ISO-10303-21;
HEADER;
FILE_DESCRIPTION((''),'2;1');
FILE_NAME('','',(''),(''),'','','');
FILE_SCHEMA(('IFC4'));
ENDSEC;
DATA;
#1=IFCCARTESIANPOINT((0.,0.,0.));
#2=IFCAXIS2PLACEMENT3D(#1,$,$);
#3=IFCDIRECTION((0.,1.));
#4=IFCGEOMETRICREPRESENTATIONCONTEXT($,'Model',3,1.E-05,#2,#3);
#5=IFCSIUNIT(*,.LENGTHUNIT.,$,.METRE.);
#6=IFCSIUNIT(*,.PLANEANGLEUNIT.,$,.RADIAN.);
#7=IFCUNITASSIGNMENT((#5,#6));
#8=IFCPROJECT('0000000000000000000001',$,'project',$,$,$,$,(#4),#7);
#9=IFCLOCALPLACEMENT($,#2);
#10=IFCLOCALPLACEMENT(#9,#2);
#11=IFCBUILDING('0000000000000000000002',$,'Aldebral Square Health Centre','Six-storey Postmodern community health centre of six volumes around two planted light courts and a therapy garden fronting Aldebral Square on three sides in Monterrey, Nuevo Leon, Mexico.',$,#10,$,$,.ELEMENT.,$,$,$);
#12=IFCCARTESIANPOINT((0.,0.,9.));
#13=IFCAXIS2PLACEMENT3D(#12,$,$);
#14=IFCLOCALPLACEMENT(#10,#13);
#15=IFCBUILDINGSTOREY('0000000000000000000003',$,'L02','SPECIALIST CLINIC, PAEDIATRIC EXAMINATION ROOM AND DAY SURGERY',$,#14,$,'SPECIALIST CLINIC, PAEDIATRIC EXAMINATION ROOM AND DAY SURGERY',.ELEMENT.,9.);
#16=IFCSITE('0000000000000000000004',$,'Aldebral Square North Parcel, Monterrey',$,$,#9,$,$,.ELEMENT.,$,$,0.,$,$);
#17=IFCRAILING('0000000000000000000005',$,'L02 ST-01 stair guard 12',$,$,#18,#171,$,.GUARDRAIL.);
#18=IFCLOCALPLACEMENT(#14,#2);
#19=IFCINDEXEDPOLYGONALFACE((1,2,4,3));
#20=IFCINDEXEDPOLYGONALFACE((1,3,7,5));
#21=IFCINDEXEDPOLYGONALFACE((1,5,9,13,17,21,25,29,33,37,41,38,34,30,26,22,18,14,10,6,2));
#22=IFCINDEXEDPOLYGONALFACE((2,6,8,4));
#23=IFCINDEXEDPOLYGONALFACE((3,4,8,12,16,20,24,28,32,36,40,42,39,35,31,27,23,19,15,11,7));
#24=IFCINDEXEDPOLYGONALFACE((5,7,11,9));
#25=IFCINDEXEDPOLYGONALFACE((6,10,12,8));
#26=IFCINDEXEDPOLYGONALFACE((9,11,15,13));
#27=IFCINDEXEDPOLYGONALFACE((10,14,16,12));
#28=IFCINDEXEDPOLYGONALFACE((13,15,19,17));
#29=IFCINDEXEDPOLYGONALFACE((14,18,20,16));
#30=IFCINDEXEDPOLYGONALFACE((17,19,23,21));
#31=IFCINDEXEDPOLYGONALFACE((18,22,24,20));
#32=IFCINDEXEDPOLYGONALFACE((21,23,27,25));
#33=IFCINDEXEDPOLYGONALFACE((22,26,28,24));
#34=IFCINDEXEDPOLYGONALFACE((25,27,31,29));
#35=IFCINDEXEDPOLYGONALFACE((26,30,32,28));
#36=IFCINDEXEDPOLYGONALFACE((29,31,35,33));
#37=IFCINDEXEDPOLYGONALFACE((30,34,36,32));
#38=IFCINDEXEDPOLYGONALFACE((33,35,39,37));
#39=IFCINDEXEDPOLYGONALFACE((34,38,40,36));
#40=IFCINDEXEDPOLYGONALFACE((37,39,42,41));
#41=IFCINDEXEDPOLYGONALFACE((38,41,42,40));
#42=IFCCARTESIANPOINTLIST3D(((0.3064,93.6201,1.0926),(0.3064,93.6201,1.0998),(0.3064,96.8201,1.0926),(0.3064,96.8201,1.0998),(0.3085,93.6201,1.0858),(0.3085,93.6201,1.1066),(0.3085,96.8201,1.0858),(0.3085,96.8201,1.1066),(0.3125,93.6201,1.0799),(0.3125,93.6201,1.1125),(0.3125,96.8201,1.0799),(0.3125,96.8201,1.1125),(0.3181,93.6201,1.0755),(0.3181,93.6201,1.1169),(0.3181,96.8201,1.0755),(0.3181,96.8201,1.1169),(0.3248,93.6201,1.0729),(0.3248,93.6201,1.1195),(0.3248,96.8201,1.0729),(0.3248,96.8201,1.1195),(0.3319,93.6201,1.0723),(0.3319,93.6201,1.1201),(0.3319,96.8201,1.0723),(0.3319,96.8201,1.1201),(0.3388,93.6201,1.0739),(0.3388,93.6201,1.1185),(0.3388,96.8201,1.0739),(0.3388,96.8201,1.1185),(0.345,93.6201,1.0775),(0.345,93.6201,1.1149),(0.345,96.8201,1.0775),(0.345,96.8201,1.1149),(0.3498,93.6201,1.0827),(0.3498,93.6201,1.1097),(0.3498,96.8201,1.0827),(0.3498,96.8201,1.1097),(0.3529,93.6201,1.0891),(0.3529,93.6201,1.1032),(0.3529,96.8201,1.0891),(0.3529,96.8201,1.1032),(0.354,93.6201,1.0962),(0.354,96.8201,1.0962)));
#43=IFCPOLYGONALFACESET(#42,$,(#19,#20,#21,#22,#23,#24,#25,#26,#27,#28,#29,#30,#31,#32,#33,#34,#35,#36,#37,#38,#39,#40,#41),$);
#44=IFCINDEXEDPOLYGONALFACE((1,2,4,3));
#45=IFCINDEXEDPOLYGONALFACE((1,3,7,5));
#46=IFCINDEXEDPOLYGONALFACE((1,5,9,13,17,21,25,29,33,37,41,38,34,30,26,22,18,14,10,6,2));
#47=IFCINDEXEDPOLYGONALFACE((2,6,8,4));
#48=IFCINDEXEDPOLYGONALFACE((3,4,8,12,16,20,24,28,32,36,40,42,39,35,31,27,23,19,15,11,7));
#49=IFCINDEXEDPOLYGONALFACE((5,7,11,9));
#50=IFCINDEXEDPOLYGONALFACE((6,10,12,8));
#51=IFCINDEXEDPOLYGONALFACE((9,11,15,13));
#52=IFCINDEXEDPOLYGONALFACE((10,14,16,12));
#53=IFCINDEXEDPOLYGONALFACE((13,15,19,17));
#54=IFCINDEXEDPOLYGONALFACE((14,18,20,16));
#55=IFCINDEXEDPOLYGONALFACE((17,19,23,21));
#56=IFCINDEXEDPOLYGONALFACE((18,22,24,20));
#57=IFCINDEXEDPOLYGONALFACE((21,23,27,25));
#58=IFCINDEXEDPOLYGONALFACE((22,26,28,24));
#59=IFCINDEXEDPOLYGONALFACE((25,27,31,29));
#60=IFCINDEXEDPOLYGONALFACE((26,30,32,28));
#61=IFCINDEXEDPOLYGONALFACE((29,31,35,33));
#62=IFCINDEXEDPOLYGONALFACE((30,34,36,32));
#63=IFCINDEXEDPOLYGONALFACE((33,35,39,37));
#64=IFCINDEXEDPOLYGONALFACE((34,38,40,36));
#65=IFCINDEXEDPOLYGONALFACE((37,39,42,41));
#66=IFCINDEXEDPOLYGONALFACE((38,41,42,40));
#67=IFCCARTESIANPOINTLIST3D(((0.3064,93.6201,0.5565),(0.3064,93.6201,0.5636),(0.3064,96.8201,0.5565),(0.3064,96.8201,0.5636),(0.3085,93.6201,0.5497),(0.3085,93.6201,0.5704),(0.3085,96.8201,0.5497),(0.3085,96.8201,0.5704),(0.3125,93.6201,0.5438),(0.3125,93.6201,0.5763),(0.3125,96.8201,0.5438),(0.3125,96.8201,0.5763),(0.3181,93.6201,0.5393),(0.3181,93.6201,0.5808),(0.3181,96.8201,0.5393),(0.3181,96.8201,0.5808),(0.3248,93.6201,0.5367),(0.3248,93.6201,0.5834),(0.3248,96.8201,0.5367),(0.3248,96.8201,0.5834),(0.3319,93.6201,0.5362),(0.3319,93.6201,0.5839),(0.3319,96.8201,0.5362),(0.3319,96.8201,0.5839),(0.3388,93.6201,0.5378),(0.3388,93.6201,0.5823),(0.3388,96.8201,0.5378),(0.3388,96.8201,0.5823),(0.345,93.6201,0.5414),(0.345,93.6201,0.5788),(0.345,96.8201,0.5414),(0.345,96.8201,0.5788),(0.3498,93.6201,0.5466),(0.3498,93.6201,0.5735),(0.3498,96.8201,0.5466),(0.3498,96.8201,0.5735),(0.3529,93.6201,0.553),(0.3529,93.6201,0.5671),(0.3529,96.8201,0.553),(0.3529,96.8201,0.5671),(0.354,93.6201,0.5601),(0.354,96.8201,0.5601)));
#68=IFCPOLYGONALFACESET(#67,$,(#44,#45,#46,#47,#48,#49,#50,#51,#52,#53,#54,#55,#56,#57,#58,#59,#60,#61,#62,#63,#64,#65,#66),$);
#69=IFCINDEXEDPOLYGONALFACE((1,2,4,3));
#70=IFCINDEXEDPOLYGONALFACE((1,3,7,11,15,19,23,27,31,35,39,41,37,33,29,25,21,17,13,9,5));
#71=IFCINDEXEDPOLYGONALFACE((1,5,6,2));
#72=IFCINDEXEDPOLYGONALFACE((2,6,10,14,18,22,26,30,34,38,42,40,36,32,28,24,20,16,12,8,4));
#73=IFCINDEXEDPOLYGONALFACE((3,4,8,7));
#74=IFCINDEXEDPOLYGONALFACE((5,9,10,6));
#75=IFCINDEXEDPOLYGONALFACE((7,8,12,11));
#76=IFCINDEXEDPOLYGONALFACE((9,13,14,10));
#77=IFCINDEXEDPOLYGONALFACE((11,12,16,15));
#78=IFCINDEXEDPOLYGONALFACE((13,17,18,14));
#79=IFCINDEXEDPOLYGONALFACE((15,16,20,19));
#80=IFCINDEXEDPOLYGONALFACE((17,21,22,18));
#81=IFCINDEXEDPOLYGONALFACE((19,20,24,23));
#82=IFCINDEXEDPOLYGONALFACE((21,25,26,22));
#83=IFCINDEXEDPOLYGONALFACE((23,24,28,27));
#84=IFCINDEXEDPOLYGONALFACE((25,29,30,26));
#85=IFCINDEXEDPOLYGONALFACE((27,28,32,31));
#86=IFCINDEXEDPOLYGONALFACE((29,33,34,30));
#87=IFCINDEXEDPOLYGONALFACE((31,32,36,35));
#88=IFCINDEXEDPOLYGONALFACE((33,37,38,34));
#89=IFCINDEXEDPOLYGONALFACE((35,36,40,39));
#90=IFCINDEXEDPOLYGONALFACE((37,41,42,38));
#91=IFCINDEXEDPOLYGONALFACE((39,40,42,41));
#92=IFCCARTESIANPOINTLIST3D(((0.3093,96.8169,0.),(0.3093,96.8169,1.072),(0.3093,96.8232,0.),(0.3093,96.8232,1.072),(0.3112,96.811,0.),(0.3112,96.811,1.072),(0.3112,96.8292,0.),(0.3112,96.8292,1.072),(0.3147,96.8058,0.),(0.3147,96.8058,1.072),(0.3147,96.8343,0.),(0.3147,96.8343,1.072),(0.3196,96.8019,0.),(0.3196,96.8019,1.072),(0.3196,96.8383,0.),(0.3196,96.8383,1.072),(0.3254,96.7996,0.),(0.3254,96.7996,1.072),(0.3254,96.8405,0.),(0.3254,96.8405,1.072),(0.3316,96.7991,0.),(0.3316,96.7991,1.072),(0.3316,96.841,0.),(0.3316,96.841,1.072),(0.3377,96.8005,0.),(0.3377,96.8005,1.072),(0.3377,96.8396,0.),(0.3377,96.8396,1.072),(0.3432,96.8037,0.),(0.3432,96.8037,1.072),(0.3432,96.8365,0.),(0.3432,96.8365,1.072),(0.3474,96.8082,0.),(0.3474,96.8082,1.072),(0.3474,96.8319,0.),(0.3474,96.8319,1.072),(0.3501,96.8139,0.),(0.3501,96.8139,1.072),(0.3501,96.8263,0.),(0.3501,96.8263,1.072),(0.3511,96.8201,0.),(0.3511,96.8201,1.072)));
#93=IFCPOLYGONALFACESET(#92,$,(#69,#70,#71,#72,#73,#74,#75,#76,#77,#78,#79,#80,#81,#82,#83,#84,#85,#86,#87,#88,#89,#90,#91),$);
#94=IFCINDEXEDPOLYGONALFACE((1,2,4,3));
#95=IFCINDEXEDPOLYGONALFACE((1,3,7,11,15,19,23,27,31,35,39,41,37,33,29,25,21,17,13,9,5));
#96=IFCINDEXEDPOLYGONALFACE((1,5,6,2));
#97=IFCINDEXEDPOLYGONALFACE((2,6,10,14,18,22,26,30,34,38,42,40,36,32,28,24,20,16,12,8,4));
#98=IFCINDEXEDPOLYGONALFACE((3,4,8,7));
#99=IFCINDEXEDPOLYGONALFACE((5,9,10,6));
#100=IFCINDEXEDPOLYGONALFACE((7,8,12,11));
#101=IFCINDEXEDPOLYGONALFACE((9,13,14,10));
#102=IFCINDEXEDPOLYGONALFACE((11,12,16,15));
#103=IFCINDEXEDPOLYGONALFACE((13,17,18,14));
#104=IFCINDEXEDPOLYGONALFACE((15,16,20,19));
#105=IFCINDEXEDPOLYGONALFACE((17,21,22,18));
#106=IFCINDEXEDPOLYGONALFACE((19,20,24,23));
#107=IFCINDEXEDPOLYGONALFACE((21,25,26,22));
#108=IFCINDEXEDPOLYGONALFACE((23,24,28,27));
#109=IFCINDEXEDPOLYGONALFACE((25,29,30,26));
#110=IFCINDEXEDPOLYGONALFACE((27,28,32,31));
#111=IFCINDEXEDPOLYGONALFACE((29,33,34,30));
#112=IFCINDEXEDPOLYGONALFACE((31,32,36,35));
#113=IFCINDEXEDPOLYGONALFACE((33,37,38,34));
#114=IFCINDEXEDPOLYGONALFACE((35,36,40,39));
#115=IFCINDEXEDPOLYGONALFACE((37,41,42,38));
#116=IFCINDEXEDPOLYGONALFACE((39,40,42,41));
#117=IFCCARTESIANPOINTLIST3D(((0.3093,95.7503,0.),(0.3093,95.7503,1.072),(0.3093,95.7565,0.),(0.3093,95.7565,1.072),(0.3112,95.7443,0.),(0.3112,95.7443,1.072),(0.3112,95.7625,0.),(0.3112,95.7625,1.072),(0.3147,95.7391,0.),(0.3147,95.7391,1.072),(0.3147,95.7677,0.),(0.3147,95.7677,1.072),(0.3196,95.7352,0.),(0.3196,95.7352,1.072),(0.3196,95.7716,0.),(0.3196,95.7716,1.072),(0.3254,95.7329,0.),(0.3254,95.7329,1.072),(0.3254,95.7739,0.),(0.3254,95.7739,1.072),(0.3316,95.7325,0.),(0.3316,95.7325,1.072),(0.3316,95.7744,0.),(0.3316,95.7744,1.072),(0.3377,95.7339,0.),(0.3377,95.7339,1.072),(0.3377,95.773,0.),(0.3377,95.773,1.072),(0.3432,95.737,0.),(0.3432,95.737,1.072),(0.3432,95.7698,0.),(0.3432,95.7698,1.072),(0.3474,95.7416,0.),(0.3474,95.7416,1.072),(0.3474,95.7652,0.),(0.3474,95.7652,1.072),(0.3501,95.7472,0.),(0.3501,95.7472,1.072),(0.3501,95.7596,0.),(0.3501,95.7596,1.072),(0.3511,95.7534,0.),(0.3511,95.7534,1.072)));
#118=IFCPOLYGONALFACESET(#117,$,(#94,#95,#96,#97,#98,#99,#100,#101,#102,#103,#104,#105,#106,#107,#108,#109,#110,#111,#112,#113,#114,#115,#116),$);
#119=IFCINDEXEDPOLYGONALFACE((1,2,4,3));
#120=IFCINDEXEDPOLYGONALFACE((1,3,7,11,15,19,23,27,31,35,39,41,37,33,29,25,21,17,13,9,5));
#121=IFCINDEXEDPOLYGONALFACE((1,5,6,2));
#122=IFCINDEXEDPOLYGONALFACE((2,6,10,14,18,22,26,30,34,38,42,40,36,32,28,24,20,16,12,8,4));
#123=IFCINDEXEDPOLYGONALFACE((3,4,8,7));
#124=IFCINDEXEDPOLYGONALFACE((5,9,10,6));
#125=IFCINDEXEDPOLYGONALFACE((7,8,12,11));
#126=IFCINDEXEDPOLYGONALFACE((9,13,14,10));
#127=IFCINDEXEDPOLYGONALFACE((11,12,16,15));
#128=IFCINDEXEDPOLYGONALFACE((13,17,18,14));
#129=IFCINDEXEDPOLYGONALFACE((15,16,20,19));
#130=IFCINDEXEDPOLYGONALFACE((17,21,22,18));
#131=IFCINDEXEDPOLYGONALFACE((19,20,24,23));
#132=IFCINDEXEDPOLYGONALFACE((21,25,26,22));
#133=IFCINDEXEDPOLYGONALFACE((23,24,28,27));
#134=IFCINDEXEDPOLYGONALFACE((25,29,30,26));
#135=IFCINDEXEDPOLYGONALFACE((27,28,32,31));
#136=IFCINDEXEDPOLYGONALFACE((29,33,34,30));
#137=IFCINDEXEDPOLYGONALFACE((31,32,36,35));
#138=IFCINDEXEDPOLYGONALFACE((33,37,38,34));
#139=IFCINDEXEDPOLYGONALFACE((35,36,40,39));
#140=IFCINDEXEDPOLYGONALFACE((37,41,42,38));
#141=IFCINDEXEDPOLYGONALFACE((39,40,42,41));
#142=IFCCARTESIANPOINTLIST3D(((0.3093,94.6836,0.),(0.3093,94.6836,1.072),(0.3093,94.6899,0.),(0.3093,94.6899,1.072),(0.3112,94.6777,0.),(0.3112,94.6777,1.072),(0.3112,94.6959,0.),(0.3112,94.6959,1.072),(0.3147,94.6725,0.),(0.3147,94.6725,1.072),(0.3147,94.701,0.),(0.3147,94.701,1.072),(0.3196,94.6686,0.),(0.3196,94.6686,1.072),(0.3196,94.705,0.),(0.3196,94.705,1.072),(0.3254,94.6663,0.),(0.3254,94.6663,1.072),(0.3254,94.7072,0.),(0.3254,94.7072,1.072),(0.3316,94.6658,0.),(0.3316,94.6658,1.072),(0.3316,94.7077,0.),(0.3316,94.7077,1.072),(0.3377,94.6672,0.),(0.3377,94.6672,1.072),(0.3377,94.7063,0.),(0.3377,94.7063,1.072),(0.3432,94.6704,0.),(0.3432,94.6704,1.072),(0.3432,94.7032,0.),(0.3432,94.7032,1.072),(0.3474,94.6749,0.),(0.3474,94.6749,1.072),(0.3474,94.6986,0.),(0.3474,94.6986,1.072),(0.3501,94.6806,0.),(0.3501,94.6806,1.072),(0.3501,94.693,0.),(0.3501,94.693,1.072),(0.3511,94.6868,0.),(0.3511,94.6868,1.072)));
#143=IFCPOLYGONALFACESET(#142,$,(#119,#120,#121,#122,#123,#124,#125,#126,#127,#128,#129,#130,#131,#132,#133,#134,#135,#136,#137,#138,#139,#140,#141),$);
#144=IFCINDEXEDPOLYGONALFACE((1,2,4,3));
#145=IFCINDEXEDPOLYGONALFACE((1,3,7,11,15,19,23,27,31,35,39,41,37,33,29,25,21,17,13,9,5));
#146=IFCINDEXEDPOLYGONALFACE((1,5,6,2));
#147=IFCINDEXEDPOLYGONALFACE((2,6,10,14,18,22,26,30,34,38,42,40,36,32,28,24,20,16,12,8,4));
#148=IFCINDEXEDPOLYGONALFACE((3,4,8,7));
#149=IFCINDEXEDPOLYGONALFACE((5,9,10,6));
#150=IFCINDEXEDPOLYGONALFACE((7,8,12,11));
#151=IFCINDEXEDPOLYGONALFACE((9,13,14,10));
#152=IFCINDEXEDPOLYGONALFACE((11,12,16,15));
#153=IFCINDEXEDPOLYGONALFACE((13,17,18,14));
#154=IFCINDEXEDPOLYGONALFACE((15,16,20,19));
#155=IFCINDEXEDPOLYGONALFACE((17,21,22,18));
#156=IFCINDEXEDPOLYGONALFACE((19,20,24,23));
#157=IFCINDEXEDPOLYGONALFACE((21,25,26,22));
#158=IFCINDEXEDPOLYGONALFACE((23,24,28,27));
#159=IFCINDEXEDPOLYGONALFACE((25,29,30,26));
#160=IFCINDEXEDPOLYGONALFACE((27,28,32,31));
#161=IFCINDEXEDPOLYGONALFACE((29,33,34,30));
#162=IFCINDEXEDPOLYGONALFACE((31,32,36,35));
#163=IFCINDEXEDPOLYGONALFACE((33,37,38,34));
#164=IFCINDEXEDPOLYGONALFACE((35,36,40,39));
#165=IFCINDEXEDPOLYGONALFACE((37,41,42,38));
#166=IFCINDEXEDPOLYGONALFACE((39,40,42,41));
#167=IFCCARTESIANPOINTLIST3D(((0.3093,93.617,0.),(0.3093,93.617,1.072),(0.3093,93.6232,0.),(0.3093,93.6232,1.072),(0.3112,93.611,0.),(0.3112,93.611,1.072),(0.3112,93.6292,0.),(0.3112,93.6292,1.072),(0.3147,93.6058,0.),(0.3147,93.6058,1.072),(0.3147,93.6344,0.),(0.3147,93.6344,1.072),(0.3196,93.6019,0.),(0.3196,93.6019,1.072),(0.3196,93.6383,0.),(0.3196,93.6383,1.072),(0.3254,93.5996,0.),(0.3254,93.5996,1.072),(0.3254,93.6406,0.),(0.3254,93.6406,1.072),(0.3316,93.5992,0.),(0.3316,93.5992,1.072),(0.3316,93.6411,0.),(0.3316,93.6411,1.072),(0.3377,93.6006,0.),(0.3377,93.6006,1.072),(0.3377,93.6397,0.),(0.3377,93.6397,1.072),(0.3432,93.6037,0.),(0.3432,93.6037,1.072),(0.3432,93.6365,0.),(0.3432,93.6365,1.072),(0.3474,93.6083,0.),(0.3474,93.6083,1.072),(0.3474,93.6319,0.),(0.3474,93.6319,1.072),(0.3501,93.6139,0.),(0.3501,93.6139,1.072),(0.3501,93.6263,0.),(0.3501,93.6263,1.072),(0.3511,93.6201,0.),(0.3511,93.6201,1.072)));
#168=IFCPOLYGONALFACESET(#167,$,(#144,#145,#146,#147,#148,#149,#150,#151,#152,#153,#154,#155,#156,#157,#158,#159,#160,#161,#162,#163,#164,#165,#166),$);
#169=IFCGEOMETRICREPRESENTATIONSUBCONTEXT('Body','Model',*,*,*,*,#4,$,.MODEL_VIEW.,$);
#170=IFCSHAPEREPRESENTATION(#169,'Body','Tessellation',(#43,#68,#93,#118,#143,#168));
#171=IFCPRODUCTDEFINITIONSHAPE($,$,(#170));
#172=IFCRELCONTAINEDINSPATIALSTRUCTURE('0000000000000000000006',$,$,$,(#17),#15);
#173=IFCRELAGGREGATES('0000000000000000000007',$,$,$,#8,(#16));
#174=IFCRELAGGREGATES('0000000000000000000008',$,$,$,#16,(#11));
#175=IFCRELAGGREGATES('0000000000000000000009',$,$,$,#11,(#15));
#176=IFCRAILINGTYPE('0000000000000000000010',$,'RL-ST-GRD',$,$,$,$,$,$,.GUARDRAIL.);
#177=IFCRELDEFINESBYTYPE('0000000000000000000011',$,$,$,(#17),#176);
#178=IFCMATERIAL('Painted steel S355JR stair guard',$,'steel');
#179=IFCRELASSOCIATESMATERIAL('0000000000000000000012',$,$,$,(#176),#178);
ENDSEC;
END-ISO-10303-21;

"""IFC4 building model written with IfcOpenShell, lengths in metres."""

from ifc_helpers import new_model, si_unit, direction, frame, origin, origin_2d, place, context, subcontext, project, spatial, circle, extrude, material, type_object, element, save


model = new_model("IFC4")

# Units and contexts
model_context = context("Model", 3, precision=1e-05, world=origin(), true_north=direction((0.0, 1.0)))
body_context = subcontext(model_context, "Body", "Model", "MODEL_VIEW")
ifc_project = project(units=[si_unit("LENGTHUNIT", "METRE"), si_unit("PLANEANGLEUNIT", "RADIAN")], contexts=[model_context])

# Site, building, storey
site_placement = place(None, origin())
site = spatial("IfcSite", under=ifc_project, at=site_placement, Name="Aldebral Square North Parcel, Monterrey", CompositionType="ELEMENT", RefElevation=0.0)
building_placement = place(site_placement, origin())
building = spatial("IfcBuilding", under=site, at=building_placement, Name="Aldebral Square Health Centre", Description="Six-storey Postmodern community health centre of six volumes around two planted light courts and a therapy garden fronting Aldebral Square on three sides in Monterrey, Nuevo Leon, Mexico.", CompositionType="ELEMENT")
storey_placement = place(building_placement, frame((0.0, 0.0, 9.0)))
storey = spatial("IfcBuildingStorey", under=building, at=storey_placement, Name="L02", Description="SPECIALIST CLINIC, PAEDIATRIC EXAMINATION ROOM AND DAY SURGERY", LongName="SPECIALIST CLINIC, PAEDIATRIC EXAMINATION ROOM AND DAY SURGERY", CompositionType="ELEMENT", Elevation=9.0)

# Railing
ifc_material_1 = material(Name="Painted steel S355JR stair guard", Category="steel")
railing_type = type_object("IfcRailingType", Name="RL-ST-GRD", PredefinedType="GUARDRAIL", material=ifc_material_1)
railing_1_placement = place(storey_placement, frame((0.3301, 96.8201, 0.0)))
element("IfcRailing", 1, at=railing_1_placement, inside=storey, type_object=railing_type, Name="L02 ST-01 stair guard 12", PredefinedType="GUARDRAIL", context=body_context, shape_type="SweptSolid", body=[
    extrude(circle(Radius=0.0239, at=origin_2d()), frame((0.0, 0.0, 1.0962), z_axis=(0.0, -1.0, 0.0), x_axis=(1.0, 0.0, 0.0)), (0.0, 0.0, 1.0), 3.2),
    extrude(circle(Radius=0.0239, at=origin_2d()), frame((0.0, 0.0, 0.5601), z_axis=(0.0, -1.0, 0.0), x_axis=(1.0, 0.0, 0.0)), (0.0, 0.0, 1.0), 3.2),
    extrude(circle(Radius=0.021, at=origin_2d()), origin(), (0.0, 0.0, 1.0), 1.072),
    extrude(circle(Radius=0.021, at=origin_2d()), frame((0.0, -1.0667, 0.0)), (0.0, 0.0, 1.0), 1.072),
    extrude(circle(Radius=0.021, at=origin_2d()), frame((0.0, -2.1333, 0.0)), (0.0, 0.0, 1.0), 1.072),
    extrude(circle(Radius=0.021, at=origin_2d()), frame((0.0, -3.2, 0.0)), (0.0, 0.0, 1.0), 1.072),
])

save(model, "model.ifc")
